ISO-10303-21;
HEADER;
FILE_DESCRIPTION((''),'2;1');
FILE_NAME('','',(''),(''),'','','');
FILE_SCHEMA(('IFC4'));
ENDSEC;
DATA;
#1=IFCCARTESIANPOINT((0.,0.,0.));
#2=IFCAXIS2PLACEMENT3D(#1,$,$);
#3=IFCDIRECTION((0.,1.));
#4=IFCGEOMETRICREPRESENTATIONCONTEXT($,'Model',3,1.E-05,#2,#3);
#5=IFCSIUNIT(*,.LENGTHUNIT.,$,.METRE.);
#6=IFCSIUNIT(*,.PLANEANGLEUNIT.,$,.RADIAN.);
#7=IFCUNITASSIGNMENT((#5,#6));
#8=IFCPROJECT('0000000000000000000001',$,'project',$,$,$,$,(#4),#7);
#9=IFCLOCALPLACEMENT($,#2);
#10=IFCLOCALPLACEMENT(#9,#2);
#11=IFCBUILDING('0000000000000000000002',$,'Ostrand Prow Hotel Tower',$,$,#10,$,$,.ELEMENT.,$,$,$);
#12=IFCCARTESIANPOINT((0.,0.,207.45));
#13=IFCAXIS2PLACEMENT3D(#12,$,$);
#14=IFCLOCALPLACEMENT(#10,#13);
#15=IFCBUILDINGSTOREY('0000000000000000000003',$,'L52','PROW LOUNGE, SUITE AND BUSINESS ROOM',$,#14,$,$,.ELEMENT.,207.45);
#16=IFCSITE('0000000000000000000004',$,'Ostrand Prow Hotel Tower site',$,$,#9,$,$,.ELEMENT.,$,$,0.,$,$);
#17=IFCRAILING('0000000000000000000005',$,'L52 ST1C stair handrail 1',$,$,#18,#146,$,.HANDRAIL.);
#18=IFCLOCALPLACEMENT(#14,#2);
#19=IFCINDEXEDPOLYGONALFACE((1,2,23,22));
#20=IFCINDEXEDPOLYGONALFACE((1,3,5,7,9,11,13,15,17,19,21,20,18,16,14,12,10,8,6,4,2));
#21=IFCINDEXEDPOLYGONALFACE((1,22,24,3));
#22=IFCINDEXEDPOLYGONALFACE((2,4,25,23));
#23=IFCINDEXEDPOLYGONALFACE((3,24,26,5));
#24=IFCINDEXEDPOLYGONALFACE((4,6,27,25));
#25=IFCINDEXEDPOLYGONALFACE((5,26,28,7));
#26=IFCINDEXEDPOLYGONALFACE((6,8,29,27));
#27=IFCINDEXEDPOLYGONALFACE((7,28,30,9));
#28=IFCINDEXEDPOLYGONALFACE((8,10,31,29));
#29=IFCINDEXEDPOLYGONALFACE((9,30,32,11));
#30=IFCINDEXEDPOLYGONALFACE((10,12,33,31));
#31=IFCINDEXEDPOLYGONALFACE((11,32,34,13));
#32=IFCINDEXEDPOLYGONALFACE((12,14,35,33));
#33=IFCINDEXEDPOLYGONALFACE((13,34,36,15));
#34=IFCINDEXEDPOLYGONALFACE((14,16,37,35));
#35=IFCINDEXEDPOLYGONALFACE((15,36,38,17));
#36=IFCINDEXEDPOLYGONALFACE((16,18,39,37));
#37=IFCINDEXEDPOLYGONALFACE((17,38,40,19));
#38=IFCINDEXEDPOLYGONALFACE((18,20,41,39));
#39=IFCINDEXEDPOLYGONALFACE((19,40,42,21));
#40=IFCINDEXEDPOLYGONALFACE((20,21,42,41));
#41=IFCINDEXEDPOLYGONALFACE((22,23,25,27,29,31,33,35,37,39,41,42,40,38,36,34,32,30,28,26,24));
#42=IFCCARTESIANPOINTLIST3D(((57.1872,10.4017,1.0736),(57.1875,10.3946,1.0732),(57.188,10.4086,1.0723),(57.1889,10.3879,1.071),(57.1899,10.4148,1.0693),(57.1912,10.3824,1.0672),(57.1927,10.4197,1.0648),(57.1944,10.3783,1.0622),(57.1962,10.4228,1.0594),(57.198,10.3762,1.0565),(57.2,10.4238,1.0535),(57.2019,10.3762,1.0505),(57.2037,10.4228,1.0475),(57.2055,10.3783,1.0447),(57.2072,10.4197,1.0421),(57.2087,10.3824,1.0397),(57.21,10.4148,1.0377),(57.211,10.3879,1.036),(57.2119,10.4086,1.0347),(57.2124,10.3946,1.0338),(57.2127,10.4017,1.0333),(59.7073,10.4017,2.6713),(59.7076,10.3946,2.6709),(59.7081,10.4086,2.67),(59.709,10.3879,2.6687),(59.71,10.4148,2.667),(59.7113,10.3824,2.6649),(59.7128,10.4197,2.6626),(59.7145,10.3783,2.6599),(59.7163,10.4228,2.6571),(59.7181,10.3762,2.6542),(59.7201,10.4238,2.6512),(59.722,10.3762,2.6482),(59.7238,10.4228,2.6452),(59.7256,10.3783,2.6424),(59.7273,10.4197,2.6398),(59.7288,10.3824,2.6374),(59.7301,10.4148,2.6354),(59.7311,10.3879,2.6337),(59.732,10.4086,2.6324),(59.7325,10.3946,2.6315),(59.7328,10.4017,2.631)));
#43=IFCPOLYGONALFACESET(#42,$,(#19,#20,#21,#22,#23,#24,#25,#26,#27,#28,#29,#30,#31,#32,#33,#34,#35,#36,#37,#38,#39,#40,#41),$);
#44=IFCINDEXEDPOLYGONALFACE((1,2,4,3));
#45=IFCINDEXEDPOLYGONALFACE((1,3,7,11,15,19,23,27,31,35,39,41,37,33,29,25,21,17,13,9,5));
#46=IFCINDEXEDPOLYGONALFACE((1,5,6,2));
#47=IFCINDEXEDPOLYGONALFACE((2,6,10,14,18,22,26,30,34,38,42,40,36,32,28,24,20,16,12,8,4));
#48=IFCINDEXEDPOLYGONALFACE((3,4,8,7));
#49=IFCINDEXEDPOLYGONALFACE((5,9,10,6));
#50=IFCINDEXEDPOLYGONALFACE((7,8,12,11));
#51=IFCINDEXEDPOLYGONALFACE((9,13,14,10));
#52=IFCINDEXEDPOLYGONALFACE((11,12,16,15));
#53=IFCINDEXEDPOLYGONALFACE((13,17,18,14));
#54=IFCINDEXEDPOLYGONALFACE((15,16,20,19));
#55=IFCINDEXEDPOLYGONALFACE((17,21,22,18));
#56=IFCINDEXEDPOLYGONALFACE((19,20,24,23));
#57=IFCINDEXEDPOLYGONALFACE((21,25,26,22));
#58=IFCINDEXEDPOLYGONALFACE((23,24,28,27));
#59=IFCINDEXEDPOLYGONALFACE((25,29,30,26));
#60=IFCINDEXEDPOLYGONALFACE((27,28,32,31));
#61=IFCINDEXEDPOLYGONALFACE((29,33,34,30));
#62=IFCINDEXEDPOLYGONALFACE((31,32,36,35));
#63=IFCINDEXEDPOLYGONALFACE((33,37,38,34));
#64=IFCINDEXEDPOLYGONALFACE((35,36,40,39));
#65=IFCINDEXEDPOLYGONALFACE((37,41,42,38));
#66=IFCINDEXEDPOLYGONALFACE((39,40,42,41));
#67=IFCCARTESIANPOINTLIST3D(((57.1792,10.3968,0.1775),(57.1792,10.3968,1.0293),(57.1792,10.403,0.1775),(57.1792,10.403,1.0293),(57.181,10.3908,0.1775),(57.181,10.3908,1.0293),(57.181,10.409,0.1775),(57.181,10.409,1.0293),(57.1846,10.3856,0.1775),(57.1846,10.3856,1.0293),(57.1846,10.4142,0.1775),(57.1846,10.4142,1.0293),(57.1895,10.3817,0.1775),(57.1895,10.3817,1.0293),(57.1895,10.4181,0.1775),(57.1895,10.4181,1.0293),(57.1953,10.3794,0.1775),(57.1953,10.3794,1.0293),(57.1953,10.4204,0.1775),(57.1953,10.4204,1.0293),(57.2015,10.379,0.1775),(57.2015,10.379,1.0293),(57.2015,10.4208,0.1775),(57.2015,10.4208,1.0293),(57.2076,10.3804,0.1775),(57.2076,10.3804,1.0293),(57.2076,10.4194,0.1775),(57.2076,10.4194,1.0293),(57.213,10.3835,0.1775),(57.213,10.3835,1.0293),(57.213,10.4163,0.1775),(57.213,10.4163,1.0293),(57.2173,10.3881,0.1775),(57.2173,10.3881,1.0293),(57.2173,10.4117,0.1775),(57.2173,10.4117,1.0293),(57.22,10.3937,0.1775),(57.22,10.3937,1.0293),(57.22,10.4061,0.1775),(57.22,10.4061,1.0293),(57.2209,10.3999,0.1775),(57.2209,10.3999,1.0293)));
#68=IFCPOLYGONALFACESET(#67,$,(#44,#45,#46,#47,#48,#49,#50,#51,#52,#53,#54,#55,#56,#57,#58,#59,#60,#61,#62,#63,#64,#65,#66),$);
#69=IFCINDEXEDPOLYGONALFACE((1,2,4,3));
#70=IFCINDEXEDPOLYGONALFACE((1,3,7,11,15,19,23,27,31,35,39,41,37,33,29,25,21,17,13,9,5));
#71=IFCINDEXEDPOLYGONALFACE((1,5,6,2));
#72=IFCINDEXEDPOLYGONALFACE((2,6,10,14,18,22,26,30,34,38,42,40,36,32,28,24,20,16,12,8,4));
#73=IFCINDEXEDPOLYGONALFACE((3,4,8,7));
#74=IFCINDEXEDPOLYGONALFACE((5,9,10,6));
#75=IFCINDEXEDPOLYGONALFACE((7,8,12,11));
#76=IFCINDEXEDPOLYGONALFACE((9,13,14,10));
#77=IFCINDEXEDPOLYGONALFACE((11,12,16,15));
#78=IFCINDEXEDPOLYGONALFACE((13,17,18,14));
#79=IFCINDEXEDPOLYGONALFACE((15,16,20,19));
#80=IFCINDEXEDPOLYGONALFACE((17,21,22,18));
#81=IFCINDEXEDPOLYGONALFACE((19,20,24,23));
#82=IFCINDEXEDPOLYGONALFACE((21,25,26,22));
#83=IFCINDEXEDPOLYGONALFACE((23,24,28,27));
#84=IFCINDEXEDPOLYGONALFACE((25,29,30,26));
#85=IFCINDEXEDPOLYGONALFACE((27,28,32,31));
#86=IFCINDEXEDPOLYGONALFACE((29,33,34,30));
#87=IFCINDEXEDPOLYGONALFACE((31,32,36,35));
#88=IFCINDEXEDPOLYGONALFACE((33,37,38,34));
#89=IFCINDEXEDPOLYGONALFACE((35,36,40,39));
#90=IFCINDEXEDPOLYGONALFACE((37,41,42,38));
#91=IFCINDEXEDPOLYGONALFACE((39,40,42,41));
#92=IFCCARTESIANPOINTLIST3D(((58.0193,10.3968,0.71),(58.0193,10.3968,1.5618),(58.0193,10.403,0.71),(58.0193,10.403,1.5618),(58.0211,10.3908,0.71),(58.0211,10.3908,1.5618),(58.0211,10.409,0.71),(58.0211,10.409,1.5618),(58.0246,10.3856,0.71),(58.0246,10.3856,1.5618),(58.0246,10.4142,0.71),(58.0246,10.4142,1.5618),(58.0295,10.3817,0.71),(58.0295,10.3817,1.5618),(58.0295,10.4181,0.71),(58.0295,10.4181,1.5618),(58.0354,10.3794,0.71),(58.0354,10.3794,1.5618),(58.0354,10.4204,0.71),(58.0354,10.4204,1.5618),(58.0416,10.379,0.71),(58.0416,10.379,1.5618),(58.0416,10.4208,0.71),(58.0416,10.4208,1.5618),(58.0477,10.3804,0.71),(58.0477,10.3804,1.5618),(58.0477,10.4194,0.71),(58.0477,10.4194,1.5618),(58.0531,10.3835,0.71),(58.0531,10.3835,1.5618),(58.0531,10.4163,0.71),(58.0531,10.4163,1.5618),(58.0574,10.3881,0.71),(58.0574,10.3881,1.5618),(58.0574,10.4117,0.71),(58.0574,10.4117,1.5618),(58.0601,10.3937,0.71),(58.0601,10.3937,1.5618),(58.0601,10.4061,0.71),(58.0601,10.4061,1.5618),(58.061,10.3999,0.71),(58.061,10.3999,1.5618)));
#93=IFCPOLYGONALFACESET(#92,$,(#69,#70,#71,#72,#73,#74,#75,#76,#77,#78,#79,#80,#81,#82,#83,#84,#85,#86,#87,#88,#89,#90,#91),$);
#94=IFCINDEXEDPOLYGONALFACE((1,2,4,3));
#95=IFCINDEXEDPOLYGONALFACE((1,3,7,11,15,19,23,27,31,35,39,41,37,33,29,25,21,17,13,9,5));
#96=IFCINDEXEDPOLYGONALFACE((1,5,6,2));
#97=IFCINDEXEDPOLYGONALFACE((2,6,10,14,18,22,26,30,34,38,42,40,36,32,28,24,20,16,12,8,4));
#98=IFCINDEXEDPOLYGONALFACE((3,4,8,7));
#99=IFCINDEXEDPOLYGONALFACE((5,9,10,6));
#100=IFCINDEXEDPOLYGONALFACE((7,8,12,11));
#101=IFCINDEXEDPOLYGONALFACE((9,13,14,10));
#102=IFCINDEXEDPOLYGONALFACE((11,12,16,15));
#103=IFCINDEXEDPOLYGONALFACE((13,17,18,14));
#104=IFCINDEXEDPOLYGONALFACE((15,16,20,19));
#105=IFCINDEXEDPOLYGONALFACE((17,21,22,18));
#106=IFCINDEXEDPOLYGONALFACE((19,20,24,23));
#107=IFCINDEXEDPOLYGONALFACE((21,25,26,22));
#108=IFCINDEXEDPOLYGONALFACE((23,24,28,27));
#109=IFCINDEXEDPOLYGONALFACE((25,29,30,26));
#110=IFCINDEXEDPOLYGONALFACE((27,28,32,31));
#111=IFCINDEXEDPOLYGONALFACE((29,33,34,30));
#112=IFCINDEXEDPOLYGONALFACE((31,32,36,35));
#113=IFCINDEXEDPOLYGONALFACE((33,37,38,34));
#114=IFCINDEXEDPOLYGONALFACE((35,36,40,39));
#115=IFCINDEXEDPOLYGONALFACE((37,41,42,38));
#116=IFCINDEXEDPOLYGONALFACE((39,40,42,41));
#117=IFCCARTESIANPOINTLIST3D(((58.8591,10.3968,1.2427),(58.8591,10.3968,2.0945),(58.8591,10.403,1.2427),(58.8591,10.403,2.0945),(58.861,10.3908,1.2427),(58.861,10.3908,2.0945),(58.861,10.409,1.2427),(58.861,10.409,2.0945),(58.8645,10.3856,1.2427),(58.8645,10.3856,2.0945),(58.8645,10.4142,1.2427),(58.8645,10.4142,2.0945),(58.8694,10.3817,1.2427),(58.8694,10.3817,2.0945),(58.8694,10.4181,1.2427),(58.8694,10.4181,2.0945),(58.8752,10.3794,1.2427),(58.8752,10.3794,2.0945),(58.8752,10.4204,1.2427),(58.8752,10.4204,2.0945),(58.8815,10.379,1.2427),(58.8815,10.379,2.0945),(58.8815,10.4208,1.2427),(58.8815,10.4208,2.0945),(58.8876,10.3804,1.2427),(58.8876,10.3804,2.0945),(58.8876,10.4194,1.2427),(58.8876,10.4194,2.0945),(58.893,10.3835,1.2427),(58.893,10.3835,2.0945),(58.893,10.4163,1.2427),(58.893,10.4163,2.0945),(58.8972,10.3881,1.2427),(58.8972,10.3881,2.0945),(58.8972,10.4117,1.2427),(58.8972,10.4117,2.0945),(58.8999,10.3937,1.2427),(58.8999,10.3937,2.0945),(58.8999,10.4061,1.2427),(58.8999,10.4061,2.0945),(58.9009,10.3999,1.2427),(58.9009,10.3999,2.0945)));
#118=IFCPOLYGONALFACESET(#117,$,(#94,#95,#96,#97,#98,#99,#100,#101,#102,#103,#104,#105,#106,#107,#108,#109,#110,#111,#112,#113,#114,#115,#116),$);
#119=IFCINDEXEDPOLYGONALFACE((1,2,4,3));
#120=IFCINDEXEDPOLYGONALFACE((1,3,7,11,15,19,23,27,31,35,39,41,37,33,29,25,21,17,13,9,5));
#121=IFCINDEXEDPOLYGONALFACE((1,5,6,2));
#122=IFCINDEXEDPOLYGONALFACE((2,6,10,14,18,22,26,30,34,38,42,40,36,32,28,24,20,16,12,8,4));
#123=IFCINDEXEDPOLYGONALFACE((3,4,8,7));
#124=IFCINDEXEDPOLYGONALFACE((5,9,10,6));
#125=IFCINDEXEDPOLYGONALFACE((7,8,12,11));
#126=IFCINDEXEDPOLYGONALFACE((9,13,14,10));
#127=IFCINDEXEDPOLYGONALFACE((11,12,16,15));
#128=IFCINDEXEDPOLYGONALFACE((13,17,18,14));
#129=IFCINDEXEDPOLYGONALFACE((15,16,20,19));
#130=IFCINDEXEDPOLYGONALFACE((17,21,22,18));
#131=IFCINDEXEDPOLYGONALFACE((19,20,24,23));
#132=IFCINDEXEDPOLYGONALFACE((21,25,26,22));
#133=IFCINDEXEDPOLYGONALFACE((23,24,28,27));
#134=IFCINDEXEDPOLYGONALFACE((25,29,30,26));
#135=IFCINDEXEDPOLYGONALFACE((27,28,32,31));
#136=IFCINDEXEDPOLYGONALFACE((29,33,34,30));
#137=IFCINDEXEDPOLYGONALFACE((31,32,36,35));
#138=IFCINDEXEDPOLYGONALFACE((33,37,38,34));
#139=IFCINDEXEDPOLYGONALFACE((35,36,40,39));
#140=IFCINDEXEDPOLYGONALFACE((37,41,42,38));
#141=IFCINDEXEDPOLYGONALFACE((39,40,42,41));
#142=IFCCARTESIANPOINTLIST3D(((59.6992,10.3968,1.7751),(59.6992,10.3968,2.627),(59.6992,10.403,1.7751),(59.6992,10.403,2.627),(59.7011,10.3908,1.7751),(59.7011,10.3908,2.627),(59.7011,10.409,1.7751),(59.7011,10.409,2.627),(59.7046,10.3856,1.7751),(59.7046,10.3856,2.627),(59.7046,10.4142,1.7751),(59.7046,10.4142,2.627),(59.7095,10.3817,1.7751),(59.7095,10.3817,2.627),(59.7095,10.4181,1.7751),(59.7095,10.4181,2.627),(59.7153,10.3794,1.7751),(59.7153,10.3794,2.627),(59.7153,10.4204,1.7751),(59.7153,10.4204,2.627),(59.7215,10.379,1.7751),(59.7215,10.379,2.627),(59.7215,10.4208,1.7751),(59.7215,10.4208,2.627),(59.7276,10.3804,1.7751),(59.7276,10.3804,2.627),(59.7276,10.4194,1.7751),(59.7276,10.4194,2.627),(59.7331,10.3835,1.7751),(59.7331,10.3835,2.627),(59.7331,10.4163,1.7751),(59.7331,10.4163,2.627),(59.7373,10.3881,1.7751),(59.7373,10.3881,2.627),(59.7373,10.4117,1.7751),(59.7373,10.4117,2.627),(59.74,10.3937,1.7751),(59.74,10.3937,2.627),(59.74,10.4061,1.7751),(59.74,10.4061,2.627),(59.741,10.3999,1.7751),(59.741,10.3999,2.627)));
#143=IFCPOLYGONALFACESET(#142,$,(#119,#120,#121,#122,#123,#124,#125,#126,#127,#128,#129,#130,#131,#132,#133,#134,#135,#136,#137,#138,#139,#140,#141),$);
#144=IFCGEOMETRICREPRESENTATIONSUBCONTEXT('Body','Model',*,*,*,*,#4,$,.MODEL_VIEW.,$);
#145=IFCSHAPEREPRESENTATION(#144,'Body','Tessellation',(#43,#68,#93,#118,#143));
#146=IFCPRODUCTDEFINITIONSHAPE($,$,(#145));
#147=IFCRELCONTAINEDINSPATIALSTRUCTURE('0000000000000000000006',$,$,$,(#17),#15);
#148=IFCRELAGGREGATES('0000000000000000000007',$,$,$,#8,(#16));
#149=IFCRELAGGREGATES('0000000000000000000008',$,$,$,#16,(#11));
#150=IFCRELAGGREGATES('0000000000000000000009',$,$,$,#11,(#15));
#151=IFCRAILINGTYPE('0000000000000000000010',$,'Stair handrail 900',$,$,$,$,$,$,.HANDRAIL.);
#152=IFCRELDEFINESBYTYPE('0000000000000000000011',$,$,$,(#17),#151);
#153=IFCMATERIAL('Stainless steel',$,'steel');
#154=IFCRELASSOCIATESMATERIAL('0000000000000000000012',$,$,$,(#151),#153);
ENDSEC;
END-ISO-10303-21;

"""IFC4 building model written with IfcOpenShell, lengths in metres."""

from ifc_helpers import new_model, si_unit, direction, frame, origin, origin_2d, place, context, subcontext, project, spatial, circle, extrude, material, type_object, element, save


model = new_model("IFC4")

# Units and contexts
model_context = context("Model", 3, precision=1e-05, world=origin(), true_north=direction((0.0, 1.0)))
body_context = subcontext(model_context, "Body", "Model", "MODEL_VIEW")
ifc_project = project(units=[si_unit("LENGTHUNIT", "METRE"), si_unit("PLANEANGLEUNIT", "RADIAN")], contexts=[model_context])

# Site, building, storey
site_placement = place(None, origin())
site = spatial("IfcSite", under=ifc_project, at=site_placement, Name="Ostrand Prow Hotel Tower site", CompositionType="ELEMENT", RefElevation=0.0)
building_placement = place(site_placement, origin())
building = spatial("IfcBuilding", under=site, at=building_placement, Name="Ostrand Prow Hotel Tower", CompositionType="ELEMENT")
storey_placement = place(building_placement, frame((0.0, 0.0, 207.45)))
storey = spatial("IfcBuildingStorey", under=building, at=storey_placement, Name="L52", Description="PROW LOUNGE, SUITE AND BUSINESS ROOM", CompositionType="ELEMENT", Elevation=207.45)

# Railing
ifc_material_1 = material(Name="Stainless steel", Category="steel")
railing_type_1 = type_object("IfcRailingType", Name="Stair handrail 900", PredefinedType="HANDRAIL", material=ifc_material_1)
railing_1_placement = place(storey_placement, frame((57.2, 10.3999, 0.1775)))
element("IfcRailing", 1, at=railing_1_placement, inside=storey, type_object=railing_type_1, Name="L52 ST1C stair handrail 1", PredefinedType="HANDRAIL", context=body_context, shape_type="SweptSolid", body=[
    extrude(circle(Radius=0.0239, at=origin_2d()), frame((0.0, 0.0, 0.876), z_axis=(0.84457, 0.0, 0.535445), x_axis=(0.0, 1.0, 0.0)), (0.0, 0.0, 1.0), 2.9839),
    extrude(circle(Radius=0.021, at=origin_2d()), origin(), (0.0, 0.0, 1.0), 0.8518),
    extrude(circle(Radius=0.021, at=origin_2d()), frame((0.8401, 0.0, 0.5325)), (0.0, 0.0, 1.0), 0.8518),
    extrude(circle(Radius=0.021, at=origin_2d()), frame((1.6799, 0.0, 1.0652)), (0.0, 0.0, 1.0), 0.8518),
    extrude(circle(Radius=0.021, at=origin_2d()), frame((2.52, 0.0, 1.5977)), (0.0, 0.0, 1.0), 0.8518),
])

save(model, "model.ifc")
